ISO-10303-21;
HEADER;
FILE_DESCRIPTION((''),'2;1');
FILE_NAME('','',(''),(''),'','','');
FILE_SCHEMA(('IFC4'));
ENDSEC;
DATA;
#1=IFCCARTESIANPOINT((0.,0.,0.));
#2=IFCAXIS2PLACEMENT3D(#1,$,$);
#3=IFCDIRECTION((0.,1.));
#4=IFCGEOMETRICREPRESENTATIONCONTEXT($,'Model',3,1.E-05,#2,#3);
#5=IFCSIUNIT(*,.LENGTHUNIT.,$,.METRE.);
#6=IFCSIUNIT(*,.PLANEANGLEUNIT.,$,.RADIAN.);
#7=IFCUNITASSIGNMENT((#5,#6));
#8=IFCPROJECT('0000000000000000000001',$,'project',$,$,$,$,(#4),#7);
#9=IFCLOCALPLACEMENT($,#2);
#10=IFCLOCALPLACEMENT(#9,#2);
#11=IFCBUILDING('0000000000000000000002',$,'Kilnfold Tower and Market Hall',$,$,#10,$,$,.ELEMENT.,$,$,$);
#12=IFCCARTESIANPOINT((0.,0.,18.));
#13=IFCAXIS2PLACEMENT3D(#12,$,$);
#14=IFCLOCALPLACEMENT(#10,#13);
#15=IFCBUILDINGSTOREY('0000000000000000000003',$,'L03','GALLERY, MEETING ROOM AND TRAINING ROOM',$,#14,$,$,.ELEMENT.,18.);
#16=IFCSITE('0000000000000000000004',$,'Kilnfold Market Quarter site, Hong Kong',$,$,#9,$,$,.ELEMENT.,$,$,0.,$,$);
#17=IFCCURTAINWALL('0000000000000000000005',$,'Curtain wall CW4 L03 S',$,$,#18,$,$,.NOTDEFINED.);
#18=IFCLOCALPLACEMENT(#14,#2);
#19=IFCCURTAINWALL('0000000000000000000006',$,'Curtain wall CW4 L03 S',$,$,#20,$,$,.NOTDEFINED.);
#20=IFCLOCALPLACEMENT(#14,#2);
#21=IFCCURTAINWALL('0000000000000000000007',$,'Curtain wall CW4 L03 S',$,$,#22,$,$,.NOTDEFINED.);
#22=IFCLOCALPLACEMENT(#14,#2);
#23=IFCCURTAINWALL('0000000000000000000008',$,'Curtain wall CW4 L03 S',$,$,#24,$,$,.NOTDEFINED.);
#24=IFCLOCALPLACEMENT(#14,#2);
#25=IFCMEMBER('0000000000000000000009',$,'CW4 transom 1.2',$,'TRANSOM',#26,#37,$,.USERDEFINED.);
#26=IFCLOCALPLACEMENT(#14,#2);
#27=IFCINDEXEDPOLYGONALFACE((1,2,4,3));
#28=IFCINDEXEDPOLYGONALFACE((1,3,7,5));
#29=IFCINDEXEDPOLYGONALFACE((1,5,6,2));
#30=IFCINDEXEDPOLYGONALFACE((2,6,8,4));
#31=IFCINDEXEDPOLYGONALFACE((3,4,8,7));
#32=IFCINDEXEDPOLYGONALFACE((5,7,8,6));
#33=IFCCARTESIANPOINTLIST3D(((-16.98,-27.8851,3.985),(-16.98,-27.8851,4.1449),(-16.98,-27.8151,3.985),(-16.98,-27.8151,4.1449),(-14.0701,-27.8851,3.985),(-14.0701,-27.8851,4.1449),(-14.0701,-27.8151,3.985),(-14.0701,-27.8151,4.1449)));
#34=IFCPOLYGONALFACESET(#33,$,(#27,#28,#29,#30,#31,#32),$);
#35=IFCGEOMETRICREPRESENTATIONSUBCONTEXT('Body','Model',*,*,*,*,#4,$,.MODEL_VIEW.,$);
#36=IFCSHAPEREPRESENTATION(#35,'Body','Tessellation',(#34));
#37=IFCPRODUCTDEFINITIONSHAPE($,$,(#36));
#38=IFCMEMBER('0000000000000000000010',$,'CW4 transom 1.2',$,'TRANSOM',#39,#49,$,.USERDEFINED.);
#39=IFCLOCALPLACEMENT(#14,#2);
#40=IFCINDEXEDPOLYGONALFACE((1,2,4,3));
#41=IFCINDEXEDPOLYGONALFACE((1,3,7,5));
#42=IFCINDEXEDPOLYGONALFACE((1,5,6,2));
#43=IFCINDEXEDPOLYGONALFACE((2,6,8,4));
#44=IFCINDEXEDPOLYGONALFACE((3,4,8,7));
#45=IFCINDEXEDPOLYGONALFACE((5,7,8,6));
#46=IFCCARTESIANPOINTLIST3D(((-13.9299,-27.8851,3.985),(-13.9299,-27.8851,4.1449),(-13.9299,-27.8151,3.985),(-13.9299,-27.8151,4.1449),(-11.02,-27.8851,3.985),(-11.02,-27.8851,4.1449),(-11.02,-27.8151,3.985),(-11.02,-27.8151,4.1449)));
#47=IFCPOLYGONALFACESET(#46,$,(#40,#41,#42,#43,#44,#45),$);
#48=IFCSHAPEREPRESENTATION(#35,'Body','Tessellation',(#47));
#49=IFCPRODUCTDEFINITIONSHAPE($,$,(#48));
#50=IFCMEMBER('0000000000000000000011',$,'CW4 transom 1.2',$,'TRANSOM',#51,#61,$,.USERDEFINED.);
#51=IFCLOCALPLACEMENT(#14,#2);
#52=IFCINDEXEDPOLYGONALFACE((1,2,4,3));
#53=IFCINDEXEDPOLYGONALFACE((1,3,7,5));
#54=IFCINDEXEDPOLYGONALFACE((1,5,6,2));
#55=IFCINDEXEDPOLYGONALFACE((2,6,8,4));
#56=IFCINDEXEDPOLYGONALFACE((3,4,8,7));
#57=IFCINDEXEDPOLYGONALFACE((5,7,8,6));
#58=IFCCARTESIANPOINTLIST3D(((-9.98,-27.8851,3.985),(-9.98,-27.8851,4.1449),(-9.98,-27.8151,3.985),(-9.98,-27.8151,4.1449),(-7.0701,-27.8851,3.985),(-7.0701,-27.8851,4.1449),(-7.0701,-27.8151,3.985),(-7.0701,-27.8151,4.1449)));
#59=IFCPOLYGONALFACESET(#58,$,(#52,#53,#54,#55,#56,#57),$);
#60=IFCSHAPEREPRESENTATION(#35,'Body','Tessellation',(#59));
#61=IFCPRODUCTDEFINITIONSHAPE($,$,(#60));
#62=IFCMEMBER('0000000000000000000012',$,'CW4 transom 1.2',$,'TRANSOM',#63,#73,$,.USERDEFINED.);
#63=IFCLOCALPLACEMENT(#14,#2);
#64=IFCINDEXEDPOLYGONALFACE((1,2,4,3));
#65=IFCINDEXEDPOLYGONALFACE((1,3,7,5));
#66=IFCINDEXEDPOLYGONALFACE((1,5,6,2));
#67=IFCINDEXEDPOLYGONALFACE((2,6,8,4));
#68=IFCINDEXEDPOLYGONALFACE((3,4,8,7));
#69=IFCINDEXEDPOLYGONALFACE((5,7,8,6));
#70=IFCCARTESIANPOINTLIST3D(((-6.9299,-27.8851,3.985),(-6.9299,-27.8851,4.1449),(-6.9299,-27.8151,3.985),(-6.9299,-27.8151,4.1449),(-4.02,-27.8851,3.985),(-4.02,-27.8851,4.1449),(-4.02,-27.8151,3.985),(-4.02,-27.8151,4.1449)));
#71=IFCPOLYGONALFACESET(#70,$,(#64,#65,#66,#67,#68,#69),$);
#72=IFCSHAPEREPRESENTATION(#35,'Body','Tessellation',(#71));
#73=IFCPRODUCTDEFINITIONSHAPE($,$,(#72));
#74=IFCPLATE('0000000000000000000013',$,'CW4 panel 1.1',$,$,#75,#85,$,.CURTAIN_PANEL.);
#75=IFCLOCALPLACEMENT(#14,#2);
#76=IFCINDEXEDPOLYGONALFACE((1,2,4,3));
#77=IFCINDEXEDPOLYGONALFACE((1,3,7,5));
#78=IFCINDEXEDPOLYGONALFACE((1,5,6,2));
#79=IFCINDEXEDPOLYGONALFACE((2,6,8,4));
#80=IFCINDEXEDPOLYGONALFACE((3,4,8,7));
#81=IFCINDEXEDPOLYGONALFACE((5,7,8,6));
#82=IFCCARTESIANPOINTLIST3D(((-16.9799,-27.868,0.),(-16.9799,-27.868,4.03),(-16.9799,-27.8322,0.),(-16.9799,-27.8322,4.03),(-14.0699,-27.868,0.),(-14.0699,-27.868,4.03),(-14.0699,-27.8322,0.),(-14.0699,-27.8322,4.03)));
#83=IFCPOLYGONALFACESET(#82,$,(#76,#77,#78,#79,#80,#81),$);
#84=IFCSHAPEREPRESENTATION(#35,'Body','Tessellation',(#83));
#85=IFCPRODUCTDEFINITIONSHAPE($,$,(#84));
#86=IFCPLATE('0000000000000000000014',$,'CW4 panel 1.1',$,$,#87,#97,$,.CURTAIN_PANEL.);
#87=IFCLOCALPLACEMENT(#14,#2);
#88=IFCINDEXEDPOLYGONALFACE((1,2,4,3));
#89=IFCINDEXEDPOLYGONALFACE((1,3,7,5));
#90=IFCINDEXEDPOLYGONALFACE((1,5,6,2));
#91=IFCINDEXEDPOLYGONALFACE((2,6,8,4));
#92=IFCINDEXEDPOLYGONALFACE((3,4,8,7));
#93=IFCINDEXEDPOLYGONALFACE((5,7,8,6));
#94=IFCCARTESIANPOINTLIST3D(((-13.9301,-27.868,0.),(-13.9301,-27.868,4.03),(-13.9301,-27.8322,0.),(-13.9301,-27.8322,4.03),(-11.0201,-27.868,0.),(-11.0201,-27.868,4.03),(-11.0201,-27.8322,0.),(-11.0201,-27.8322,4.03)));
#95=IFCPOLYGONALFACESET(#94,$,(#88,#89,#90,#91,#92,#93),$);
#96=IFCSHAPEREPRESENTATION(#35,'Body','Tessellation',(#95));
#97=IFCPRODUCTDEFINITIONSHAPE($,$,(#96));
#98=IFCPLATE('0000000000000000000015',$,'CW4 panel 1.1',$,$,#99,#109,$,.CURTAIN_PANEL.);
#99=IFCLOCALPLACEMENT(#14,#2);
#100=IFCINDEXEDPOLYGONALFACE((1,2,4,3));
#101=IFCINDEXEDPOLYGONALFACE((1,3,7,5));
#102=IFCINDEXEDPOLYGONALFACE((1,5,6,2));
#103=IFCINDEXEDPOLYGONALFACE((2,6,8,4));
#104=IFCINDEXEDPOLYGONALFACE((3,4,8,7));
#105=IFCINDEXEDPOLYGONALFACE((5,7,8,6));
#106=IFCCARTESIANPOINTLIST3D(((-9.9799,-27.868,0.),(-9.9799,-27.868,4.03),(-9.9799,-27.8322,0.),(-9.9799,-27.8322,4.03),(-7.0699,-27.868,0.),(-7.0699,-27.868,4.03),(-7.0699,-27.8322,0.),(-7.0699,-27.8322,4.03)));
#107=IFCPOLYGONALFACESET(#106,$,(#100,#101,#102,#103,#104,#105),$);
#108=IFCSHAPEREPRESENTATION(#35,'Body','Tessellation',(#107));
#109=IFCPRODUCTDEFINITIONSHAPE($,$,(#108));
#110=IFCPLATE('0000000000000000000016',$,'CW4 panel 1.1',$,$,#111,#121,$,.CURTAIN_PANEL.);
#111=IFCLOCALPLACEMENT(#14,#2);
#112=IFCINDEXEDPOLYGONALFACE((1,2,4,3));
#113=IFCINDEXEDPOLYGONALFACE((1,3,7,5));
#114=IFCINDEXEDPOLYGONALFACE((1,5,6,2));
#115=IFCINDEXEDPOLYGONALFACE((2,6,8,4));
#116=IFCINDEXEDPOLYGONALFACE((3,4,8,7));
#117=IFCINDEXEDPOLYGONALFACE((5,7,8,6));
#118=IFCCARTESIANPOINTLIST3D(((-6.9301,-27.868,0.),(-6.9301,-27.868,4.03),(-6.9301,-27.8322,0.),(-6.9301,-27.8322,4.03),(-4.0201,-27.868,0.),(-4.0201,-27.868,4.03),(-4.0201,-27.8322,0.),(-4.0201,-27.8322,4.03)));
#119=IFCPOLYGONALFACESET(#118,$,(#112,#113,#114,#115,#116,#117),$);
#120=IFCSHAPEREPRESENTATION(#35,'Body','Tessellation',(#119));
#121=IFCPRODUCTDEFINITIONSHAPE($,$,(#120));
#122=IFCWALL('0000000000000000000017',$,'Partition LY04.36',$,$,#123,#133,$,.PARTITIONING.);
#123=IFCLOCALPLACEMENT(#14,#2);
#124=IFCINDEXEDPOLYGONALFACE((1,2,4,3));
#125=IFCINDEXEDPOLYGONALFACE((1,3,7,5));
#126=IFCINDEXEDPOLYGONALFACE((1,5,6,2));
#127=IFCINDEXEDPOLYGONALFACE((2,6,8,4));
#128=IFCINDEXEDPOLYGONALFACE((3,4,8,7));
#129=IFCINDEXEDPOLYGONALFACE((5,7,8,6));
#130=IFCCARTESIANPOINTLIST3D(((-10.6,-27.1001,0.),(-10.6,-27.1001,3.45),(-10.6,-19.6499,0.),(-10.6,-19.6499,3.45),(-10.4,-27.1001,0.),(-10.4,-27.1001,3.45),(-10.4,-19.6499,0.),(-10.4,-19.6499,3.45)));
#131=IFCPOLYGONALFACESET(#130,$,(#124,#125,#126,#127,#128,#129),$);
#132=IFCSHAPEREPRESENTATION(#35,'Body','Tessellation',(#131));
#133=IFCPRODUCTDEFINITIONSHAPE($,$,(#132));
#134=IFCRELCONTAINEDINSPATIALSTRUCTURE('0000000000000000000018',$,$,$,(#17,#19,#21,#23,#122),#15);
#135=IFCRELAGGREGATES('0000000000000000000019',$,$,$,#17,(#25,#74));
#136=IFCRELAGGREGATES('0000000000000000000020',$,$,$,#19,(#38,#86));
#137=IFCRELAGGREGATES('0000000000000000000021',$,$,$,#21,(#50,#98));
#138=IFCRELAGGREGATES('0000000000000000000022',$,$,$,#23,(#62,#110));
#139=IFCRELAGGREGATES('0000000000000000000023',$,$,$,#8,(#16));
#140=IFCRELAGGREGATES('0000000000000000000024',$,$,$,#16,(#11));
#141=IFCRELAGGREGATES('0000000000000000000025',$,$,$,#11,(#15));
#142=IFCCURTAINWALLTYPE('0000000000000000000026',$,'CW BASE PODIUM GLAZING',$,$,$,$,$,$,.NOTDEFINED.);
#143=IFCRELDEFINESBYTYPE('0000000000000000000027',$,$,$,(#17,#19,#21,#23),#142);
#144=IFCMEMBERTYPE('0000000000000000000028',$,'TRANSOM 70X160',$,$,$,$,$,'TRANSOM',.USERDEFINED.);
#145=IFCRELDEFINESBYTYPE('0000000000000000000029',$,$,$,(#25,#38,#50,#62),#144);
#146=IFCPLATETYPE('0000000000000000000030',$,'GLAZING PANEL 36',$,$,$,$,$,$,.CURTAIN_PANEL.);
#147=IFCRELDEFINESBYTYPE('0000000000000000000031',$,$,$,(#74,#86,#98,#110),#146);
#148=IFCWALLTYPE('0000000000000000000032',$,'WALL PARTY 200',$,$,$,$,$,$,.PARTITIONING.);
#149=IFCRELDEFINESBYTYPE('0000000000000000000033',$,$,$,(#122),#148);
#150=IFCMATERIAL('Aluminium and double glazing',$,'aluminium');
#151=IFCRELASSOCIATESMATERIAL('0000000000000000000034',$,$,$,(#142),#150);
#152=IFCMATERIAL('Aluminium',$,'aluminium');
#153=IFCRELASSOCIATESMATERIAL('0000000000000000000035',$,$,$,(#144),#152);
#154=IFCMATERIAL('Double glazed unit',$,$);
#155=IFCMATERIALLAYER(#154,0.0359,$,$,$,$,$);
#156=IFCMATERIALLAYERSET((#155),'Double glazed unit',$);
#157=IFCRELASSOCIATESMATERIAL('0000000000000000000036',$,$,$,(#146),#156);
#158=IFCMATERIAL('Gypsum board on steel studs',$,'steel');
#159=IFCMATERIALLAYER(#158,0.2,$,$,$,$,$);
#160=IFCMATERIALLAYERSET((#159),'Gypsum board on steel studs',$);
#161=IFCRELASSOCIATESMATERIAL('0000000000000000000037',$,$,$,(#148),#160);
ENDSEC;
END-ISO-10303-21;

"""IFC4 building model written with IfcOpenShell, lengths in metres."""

from ifc_helpers import new_model, si_unit, direction, frame, frame_2d, origin, origin_2d, place, context, subcontext, project, spatial, rectangle, extrude, source, transform, mapped, material, layer, layer_set, material_profile, profile_set, type_object, element, aggregate, save


model = new_model("IFC4")

# Units and contexts
model_context = context("Model", 3, precision=1e-05, world=origin(), true_north=direction((0.0, 1.0)))
body_context = subcontext(model_context, "Body", "Model", "MODEL_VIEW")
ifc_project = project(units=[si_unit("LENGTHUNIT", "METRE"), si_unit("PLANEANGLEUNIT", "RADIAN")], contexts=[model_context])

# Site, building, storey
site_placement = place(None, origin())
site = spatial("IfcSite", under=ifc_project, at=site_placement, Name="Kilnfold Market Quarter site, Hong Kong", CompositionType="ELEMENT", RefElevation=0.0)
building_placement = place(site_placement, origin())
building = spatial("IfcBuilding", under=site, at=building_placement, Name="Kilnfold Tower and Market Hall", CompositionType="ELEMENT")
storey_placement = place(building_placement, frame((0.0, 0.0, 18.0)))
storey = spatial("IfcBuildingStorey", under=building, at=storey_placement, Name="L03", Description="GALLERY, MEETING ROOM AND TRAINING ROOM", CompositionType="ELEMENT", Elevation=18.0)

# Curtain walls
ifc_material_1 = material(Name="Aluminium and double glazing", Category="aluminium")
curtain_wall_type = type_object("IfcCurtainWallType", Name="CW BASE PODIUM GLAZING", PredefinedType="NOTDEFINED", material=ifc_material_1)
curtain_wall_1_placement = place(storey_placement, origin())
curtain_wall_1 = element("IfcCurtainWall", 1, at=curtain_wall_1_placement, inside=storey, type_object=curtain_wall_type, Name="Curtain wall CW4 L03 S", PredefinedType="NOTDEFINED")
curtain_wall_2_placement = place(storey_placement, origin())
curtain_wall_2 = element("IfcCurtainWall", 2, at=curtain_wall_2_placement, inside=storey, type_object=curtain_wall_type, Name="Curtain wall CW4 L03 S", PredefinedType="NOTDEFINED")
curtain_wall_3_placement = place(storey_placement, origin())
curtain_wall_3 = element("IfcCurtainWall", 3, at=curtain_wall_3_placement, inside=storey, type_object=curtain_wall_type, Name="Curtain wall CW4 L03 S", PredefinedType="NOTDEFINED")

# Curtain wall
curtain_wall_4_placement = place(storey_placement, origin())
curtain_wall_4 = element("IfcCurtainWall", 4, at=curtain_wall_4_placement, inside=storey, type_object=curtain_wall_type, Name="Curtain wall CW4 L03 S", PredefinedType="NOTDEFINED")

# Members
ifc_material_2 = material(Name="Aluminium", Category="aluminium")
ifc_material_profile_1 = material_profile(ifc_material_2, rectangle(XDim=0.0701, YDim=0.1599, at=origin_2d()), Name="TRANSOM 70x160")
ifc_profile_set_1 = profile_set([ifc_material_profile_1], Name="Aluminium")
member_type_1 = type_object("IfcMemberType", Name="TRANSOM 70X160", ElementType="TRANSOM", PredefinedType="USERDEFINED", material=ifc_profile_set_1)
shared_shape_1 = source(origin(), body_context, "Body", "SweptSolid", [
    extrude(rectangle(XDim=0.0701, YDim=0.1599, at=origin_2d()), origin(), (0.0, 0.0, 1.0), 2.9099),
])
member_1_placement = place(storey_placement, frame((-16.98, -27.8501, 4.0649), z_axis=(1.0, 0.0, 0.0), x_axis=(0.0, 1.0, 0.0)))
member_1 = element("IfcMember", 5, at=member_1_placement, type_object=member_type_1, Name="CW4 transom 1.2", ObjectType="TRANSOM", PredefinedType="USERDEFINED", context=body_context, shape_type="MappedRepresentation", body=[
    mapped(shared_shape_1, transform((0.0, 0.0, 0.0))),
])
member_2_placement = place(storey_placement, frame((-13.9299, -27.8501, 4.0649), z_axis=(1.0, 0.0, 0.0), x_axis=(0.0, 1.0, 0.0)))
member_2 = element("IfcMember", 6, at=member_2_placement, type_object=member_type_1, Name="CW4 transom 1.2", ObjectType="TRANSOM", PredefinedType="USERDEFINED", context=body_context, shape_type="MappedRepresentation", body=[
    mapped(shared_shape_1, transform((0.0, 0.0, 0.0))),
])
member_3_placement = place(storey_placement, frame((-9.98, -27.8501, 4.0649), z_axis=(1.0, 0.0, 0.0), x_axis=(0.0, 1.0, 0.0)))
member_3 = element("IfcMember", 7, at=member_3_placement, type_object=member_type_1, Name="CW4 transom 1.2", ObjectType="TRANSOM", PredefinedType="USERDEFINED", context=body_context, shape_type="MappedRepresentation", body=[
    mapped(shared_shape_1, transform((0.0, 0.0, 0.0))),
])
member_4_placement = place(storey_placement, frame((-6.9299, -27.8501, 4.0649), z_axis=(1.0, 0.0, 0.0), x_axis=(0.0, 1.0, 0.0)))
member_4 = element("IfcMember", 8, at=member_4_placement, type_object=member_type_1, Name="CW4 transom 1.2", ObjectType="TRANSOM", PredefinedType="USERDEFINED", context=body_context, shape_type="MappedRepresentation", body=[
    mapped(shared_shape_1, transform((0.0, 0.0, 0.0))),
])

# Plates
ifc_material_3 = material(Name="Double glazed unit")
ifc_layer_1 = layer(ifc_material_3, 0.0359)
ifc_layer_set_1 = layer_set([ifc_layer_1], Name="Double glazed unit")
plate_type = type_object("IfcPlateType", Name="GLAZING PANEL 36", PredefinedType="CURTAIN_PANEL", material=ifc_layer_set_1)
shared_shape_2 = source(origin(), body_context, "Body", "SweptSolid", [
    extrude(rectangle(XDim=2.9099, YDim=0.0359, at=origin_2d()), origin(), (0.0, 0.0, 1.0), 4.03),
])
plate_1_placement = place(storey_placement, frame((-15.5249, -27.8501, 0.0), z_axis=(0.0, 0.0, 1.0), x_axis=(1.0, 0.0, 0.0)))
plate_1 = element("IfcPlate", 9, at=plate_1_placement, type_object=plate_type, Name="CW4 panel 1.1", PredefinedType="CURTAIN_PANEL", context=body_context, shape_type="MappedRepresentation", body=[
    mapped(shared_shape_2, transform((0.0, 0.0, 0.0))),
])
aggregate(curtain_wall_1, [member_1, plate_1])
plate_2_placement = place(storey_placement, frame((-12.4751, -27.8501, 0.0), z_axis=(0.0, 0.0, 1.0), x_axis=(1.0, 0.0, 0.0)))
plate_2 = element("IfcPlate", 10, at=plate_2_placement, type_object=plate_type, Name="CW4 panel 1.1", PredefinedType="CURTAIN_PANEL", context=body_context, shape_type="MappedRepresentation", body=[
    mapped(shared_shape_2, transform((0.0, 0.0, 0.0))),
])
aggregate(curtain_wall_2, [member_2, plate_2])
plate_3_placement = place(storey_placement, frame((-8.5249, -27.8501, 0.0), z_axis=(0.0, 0.0, 1.0), x_axis=(1.0, 0.0, 0.0)))
plate_3 = element("IfcPlate", 11, at=plate_3_placement, type_object=plate_type, Name="CW4 panel 1.1", PredefinedType="CURTAIN_PANEL", context=body_context, shape_type="MappedRepresentation", body=[
    mapped(shared_shape_2, transform((0.0, 0.0, 0.0))),
])
aggregate(curtain_wall_3, [member_3, plate_3])
plate_4_placement = place(storey_placement, frame((-5.4751, -27.8501, 0.0), z_axis=(0.0, 0.0, 1.0), x_axis=(1.0, 0.0, 0.0)))
plate_4 = element("IfcPlate", 12, at=plate_4_placement, type_object=plate_type, Name="CW4 panel 1.1", PredefinedType="CURTAIN_PANEL", context=body_context, shape_type="MappedRepresentation", body=[
    mapped(shared_shape_2, transform((0.0, 0.0, 0.0))),
])
aggregate(curtain_wall_4, [member_4, plate_4])

# Wall
ifc_material_4 = material(Name="Gypsum board on steel studs", Category="steel")
ifc_layer_2 = layer(ifc_material_4, 0.2)
ifc_layer_set_2 = layer_set([ifc_layer_2], Name="Gypsum board on steel studs")
wall_type = type_object("IfcWallType", Name="WALL PARTY 200", PredefinedType="PARTITIONING", material=ifc_layer_set_2)
wall_placement = place(storey_placement, frame((-10.5, -19.6499, 0.0), z_axis=(0.0, 0.0, 1.0), x_axis=(0.0, -1.0, 0.0)))
element("IfcWall", 13, at=wall_placement, inside=storey, type_object=wall_type, Name="Partition LY04.36", PredefinedType="PARTITIONING", context=body_context, shape_type="SweptSolid", body=[
    extrude(rectangle(XDim=7.4502, YDim=0.2, at=frame_2d((3.7251, 0.0))), origin(), (0.0, 0.0, 1.0), 3.45),
])

save(model, "model.ifc")
